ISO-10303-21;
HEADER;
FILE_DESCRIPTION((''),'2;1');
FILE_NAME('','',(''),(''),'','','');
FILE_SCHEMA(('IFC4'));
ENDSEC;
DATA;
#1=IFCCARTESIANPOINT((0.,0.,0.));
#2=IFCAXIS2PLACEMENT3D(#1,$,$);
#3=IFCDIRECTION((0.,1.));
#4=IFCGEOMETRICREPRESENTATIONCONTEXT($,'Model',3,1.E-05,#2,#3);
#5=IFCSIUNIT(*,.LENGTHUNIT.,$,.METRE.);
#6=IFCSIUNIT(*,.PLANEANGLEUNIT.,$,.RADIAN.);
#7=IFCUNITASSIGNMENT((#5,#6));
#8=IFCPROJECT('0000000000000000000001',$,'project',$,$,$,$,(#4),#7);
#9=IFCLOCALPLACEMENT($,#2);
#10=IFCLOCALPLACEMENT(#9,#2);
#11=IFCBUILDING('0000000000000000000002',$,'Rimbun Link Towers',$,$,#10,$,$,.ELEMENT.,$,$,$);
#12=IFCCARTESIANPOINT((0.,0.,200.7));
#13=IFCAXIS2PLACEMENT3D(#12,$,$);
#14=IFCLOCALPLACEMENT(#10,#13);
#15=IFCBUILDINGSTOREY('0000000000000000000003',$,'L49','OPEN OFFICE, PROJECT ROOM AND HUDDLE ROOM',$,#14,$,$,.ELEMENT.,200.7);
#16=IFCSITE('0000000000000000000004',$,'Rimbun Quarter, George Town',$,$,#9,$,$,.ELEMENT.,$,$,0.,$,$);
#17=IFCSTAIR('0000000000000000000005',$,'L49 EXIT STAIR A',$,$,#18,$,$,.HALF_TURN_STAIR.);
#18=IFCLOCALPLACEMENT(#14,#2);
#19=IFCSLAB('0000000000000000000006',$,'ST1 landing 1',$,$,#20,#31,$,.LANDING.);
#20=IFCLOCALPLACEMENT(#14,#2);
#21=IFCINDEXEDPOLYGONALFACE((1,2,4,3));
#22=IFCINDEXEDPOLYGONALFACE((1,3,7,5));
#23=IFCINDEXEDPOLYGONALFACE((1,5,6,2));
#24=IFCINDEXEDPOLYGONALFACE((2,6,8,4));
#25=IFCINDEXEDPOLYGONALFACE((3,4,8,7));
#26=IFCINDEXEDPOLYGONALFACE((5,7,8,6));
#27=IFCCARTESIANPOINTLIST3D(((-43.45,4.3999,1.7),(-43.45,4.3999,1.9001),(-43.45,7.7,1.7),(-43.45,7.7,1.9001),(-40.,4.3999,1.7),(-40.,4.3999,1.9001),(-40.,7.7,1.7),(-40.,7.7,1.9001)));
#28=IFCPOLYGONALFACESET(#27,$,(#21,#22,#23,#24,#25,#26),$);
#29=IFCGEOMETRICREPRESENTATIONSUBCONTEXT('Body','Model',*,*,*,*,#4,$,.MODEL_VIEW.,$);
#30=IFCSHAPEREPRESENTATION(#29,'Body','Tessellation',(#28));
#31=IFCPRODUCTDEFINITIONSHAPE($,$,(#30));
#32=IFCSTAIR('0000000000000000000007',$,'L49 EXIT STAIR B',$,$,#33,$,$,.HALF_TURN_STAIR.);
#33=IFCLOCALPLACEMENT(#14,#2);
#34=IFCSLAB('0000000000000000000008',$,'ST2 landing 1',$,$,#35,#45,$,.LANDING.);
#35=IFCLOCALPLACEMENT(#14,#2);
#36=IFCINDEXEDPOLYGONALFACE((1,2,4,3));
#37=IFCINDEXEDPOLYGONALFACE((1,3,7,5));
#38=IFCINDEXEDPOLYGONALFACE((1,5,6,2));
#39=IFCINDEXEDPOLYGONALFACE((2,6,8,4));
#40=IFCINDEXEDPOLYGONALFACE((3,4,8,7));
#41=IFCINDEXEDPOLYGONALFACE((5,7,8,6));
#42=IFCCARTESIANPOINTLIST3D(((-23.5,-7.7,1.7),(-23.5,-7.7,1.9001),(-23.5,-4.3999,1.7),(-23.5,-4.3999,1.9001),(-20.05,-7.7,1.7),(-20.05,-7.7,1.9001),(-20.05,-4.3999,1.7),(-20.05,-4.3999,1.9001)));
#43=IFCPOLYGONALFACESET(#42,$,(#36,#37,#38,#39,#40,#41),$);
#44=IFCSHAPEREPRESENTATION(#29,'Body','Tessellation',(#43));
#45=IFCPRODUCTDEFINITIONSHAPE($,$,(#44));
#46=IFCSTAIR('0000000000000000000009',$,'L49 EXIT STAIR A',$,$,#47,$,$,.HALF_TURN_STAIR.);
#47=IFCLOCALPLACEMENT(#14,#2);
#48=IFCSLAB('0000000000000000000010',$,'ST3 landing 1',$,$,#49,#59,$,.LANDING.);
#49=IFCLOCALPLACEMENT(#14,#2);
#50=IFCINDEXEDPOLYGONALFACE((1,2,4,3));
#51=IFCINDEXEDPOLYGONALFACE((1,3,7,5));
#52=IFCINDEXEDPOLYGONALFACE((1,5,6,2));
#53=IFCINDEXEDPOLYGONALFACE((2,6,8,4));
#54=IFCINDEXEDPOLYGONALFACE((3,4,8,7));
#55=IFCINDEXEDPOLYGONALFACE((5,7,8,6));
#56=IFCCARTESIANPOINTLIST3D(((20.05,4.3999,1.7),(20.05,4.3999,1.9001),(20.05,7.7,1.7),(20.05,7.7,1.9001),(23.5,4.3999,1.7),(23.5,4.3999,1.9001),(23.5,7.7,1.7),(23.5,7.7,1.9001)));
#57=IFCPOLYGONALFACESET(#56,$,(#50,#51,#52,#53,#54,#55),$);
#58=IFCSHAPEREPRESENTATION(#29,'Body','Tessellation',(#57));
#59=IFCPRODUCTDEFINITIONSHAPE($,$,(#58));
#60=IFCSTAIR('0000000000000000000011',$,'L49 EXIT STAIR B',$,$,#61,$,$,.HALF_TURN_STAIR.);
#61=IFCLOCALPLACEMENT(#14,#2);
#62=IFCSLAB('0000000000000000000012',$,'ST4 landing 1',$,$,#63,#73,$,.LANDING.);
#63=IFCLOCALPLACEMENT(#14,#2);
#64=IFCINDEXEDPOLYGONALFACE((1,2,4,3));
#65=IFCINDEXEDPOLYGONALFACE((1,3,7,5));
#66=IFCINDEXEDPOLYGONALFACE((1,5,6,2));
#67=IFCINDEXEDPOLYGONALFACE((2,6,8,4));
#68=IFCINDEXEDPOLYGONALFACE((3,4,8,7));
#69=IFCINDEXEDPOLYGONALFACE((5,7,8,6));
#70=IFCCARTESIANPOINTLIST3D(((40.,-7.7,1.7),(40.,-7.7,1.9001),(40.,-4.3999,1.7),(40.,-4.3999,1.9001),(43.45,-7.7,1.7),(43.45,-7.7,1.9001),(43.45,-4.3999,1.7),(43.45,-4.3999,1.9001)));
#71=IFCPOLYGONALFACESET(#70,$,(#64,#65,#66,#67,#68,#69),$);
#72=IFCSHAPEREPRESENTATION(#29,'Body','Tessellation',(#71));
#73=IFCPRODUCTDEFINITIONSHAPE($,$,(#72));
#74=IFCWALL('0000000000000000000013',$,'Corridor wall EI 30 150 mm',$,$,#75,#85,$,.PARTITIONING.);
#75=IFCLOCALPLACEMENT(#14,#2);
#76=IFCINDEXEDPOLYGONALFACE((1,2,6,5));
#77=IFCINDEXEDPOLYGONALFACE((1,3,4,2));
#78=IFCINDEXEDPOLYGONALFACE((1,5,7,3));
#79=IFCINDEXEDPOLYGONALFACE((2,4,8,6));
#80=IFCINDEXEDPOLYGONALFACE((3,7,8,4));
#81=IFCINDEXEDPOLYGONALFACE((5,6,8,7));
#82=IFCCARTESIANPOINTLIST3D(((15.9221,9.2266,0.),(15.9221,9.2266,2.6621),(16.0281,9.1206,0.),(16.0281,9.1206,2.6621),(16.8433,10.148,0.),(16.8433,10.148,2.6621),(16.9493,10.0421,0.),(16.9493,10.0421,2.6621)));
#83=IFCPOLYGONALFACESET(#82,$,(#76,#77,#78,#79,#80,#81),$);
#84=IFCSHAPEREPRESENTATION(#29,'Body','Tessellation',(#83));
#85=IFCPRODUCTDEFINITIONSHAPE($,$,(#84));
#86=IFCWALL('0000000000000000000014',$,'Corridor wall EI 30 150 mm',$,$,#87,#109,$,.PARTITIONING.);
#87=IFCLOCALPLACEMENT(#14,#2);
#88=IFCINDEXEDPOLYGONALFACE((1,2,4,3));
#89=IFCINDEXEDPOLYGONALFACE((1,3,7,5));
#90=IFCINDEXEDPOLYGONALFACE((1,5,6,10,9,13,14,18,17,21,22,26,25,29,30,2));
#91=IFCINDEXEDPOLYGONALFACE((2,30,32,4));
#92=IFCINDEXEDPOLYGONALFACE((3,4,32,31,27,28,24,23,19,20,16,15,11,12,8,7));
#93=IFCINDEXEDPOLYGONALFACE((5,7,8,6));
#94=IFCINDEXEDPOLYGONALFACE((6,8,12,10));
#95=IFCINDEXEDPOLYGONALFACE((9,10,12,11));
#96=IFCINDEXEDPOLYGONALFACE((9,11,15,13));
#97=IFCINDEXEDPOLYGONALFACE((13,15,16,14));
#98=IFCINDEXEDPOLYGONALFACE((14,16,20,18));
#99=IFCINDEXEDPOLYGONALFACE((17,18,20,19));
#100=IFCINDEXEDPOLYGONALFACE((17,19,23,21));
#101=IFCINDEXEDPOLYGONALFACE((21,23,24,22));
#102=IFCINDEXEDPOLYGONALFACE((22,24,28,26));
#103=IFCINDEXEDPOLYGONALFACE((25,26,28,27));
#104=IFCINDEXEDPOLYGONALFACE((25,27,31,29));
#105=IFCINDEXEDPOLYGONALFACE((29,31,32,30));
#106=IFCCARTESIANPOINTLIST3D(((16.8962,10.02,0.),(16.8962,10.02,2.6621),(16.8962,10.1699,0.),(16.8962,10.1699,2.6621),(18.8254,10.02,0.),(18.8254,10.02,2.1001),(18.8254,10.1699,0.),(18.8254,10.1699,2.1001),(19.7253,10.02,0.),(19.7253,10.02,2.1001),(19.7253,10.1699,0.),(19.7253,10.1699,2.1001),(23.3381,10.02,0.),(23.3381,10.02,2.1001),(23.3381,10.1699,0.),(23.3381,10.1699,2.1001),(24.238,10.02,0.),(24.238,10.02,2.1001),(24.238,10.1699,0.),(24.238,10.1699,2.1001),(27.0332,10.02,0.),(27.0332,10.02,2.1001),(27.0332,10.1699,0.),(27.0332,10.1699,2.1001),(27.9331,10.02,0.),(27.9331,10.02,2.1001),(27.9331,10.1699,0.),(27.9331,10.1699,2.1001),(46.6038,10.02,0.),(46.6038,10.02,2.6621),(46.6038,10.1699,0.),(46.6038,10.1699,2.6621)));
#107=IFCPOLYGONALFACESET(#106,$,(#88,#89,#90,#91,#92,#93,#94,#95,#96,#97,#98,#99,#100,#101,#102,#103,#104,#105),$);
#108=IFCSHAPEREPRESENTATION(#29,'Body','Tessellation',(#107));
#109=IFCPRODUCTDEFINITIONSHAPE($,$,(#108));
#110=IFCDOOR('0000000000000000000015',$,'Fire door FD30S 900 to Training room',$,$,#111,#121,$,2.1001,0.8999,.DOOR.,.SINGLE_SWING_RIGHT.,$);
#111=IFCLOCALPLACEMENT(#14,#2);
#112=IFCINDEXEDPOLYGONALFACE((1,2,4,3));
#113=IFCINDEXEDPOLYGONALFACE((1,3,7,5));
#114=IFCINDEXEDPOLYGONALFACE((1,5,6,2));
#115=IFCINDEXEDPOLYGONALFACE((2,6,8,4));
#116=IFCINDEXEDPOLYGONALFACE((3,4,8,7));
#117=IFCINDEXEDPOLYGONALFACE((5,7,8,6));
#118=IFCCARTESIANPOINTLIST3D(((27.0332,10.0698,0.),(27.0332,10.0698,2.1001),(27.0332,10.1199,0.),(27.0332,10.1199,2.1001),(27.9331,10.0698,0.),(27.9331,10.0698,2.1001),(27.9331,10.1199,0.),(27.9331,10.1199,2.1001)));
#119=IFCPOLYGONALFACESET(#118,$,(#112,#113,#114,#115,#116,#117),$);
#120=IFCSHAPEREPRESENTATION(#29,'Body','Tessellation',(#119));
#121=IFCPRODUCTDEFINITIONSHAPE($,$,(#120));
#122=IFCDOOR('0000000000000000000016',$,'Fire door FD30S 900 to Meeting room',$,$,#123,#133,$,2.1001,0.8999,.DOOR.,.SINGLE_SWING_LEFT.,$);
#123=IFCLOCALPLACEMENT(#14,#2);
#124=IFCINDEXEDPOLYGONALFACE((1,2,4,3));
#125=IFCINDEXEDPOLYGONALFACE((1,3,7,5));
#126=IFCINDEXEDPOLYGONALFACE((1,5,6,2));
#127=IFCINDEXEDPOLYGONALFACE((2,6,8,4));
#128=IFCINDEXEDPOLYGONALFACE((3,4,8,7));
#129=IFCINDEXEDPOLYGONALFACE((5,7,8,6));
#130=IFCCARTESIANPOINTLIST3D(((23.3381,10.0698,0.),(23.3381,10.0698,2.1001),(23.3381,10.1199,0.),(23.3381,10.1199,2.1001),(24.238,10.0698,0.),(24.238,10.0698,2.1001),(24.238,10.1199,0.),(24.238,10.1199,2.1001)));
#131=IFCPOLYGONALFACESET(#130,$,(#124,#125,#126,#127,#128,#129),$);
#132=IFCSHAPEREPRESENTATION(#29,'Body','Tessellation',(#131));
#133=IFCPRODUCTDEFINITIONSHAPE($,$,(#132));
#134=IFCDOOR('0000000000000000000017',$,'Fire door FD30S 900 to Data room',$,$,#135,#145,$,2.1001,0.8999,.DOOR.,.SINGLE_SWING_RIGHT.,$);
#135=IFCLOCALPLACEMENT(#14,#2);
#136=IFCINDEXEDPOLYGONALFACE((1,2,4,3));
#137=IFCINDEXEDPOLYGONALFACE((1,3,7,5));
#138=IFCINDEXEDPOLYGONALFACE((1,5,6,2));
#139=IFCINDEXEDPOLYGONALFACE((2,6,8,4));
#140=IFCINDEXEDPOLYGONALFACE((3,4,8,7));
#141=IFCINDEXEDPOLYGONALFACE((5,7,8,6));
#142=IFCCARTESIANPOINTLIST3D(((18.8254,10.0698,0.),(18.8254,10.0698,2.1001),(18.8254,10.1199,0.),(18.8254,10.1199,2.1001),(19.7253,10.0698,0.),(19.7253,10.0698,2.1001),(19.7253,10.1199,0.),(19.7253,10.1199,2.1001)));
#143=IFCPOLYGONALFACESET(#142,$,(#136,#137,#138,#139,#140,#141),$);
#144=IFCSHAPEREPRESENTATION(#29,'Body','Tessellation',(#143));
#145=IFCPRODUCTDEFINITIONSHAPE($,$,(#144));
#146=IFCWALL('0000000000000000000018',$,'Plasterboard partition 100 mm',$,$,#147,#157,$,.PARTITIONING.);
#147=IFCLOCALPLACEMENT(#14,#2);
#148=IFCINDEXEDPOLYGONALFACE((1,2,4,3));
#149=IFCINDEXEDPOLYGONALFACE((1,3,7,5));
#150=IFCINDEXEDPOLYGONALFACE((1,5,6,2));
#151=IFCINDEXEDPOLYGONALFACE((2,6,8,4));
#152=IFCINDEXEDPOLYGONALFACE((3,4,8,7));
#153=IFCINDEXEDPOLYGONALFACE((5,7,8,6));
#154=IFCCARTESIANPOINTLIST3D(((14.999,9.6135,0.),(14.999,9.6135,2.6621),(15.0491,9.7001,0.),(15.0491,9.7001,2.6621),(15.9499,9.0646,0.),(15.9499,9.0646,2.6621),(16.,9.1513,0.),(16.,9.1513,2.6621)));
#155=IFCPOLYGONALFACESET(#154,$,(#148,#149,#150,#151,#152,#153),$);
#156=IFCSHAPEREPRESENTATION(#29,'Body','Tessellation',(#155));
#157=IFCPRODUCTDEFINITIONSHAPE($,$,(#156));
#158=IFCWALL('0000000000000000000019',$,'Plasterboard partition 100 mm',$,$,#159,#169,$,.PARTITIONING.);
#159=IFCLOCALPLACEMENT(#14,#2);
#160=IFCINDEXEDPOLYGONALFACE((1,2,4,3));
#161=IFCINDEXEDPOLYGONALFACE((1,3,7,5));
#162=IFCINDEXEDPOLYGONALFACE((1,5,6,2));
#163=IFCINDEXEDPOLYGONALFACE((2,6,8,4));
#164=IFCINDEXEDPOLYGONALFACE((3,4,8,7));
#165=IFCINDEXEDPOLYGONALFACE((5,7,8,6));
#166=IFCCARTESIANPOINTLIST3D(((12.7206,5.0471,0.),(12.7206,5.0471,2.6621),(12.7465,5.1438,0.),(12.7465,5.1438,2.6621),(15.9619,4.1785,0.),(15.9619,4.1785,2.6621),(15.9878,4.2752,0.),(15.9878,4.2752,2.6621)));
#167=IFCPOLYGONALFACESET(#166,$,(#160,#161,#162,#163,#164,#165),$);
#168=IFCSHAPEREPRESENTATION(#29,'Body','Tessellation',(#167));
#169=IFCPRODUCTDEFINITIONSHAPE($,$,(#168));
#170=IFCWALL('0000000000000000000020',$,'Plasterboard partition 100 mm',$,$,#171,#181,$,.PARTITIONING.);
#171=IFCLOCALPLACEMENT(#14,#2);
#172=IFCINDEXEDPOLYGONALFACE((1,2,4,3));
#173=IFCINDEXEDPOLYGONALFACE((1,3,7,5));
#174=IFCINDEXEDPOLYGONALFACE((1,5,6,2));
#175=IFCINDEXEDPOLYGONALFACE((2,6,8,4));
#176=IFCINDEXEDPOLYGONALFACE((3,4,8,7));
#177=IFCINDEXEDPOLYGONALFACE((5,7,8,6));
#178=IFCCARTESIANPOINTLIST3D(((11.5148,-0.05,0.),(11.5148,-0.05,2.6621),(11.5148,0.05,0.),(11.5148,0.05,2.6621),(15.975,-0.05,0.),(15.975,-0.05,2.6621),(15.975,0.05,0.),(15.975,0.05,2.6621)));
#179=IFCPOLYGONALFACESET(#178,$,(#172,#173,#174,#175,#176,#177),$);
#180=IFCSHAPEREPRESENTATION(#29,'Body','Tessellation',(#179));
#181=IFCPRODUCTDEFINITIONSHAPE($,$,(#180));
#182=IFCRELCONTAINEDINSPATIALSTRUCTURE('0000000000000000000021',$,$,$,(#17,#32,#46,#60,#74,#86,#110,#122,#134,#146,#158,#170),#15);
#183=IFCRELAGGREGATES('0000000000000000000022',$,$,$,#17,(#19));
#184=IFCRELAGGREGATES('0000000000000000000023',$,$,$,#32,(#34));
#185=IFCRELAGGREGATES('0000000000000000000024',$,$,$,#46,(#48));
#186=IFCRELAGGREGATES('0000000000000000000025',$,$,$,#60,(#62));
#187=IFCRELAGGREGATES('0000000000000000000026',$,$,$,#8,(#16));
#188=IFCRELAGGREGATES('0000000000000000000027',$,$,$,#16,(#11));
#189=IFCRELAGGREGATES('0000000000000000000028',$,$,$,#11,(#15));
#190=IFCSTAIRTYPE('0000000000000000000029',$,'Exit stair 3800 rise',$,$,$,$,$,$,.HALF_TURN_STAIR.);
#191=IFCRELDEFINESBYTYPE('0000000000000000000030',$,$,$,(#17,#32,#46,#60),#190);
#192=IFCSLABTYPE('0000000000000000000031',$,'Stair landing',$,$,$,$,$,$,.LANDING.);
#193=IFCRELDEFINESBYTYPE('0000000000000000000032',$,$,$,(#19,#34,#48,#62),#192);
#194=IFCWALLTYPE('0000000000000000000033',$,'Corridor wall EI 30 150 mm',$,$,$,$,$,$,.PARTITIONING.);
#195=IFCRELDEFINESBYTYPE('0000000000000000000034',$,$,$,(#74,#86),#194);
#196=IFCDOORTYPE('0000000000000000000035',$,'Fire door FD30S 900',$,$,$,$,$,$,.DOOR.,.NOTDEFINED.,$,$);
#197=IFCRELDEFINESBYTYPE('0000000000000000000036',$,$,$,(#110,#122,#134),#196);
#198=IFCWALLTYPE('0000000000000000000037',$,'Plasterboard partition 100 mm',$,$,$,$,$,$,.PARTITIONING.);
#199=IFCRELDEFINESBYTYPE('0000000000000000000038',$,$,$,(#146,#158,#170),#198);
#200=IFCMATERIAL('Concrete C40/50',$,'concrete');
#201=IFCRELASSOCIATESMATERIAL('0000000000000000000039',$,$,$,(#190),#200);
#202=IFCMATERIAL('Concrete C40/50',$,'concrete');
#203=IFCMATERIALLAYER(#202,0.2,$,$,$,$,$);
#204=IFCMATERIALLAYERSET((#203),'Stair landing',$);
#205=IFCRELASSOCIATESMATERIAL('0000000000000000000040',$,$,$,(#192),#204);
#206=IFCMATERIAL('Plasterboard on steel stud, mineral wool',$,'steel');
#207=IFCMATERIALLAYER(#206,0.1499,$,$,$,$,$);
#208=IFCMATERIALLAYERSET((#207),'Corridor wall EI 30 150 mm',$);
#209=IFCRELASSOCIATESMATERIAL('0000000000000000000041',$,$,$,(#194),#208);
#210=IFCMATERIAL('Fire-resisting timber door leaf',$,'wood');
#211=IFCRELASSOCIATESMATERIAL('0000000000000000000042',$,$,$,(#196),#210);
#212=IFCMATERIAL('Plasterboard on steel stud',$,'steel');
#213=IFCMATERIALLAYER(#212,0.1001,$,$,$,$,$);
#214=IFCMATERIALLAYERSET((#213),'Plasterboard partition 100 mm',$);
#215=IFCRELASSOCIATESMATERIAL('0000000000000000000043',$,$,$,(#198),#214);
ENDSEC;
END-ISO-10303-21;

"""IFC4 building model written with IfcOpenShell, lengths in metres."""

from ifc_helpers import new_model, si_unit, direction, frame, frame_2d, origin, place, context, subcontext, project, spatial, polyline, rectangle, outline, extrude, material, layer, layer_set, type_object, element, fill, aggregate, save


model = new_model("IFC4")

# Units and contexts
model_context = context("Model", 3, precision=1e-05, world=origin(), true_north=direction((0.0, 1.0)))
body_context = subcontext(model_context, "Body", "Model", "MODEL_VIEW")
ifc_project = project(units=[si_unit("LENGTHUNIT", "METRE"), si_unit("PLANEANGLEUNIT", "RADIAN")], contexts=[model_context])

# Site, building, storey
site_placement = place(None, origin())
site = spatial("IfcSite", under=ifc_project, at=site_placement, Name="Rimbun Quarter, George Town", CompositionType="ELEMENT", RefElevation=0.0)
building_placement = place(site_placement, origin())
building = spatial("IfcBuilding", under=site, at=building_placement, Name="Rimbun Link Towers", CompositionType="ELEMENT")
storey_placement = place(building_placement, frame((0.0, 0.0, 200.7)))
storey = spatial("IfcBuildingStorey", under=building, at=storey_placement, Name="L49", Description="OPEN OFFICE, PROJECT ROOM AND HUDDLE ROOM", CompositionType="ELEMENT", Elevation=200.7)

# Stairs, slabs
ifc_material_1 = material(Name="Concrete C40/50", Category="concrete")
stair_type = type_object("IfcStairType", Name="Exit stair 3800 rise", PredefinedType="HALF_TURN_STAIR", material=ifc_material_1)
stair_1_placement = place(storey_placement, origin())
stair_1 = element("IfcStair", 1, at=stair_1_placement, inside=storey, type_object=stair_type, Name="L49 EXIT STAIR A", PredefinedType="HALF_TURN_STAIR")
ifc_material_2 = material(Name="Concrete C40/50", Category="concrete")
ifc_layer_1 = layer(ifc_material_2, 0.2)
ifc_layer_set_1 = layer_set([ifc_layer_1], Name="Stair landing")
slab_type = type_object("IfcSlabType", Name="Stair landing", PredefinedType="LANDING", material=ifc_layer_set_1)
slab_1_placement = place(storey_placement, frame((0.0, 0.0, 1.7)))
slab_1 = element("IfcSlab", 2, at=slab_1_placement, type_object=slab_type, Name="ST1 landing 1", PredefinedType="LANDING", context=body_context, shape_type="SweptSolid", body=[
    extrude(outline(polyline([(-40.0, 7.7), (-43.45, 7.7), (-43.45, 4.3999), (-40.0, 4.3999), (-40.0, 7.7)])), origin(), (0.0, 0.0, 1.0), 0.2002),
])
aggregate(stair_1, [slab_1])
stair_2_placement = place(storey_placement, origin())
stair_2 = element("IfcStair", 3, at=stair_2_placement, inside=storey, type_object=stair_type, Name="L49 EXIT STAIR B", PredefinedType="HALF_TURN_STAIR")
slab_2_placement = place(storey_placement, frame((0.0, 0.0, 1.7)))
slab_2 = element("IfcSlab", 4, at=slab_2_placement, type_object=slab_type, Name="ST2 landing 1", PredefinedType="LANDING", context=body_context, shape_type="SweptSolid", body=[
    extrude(outline(polyline([(-23.5, -7.7), (-20.05, -7.7), (-20.05, -4.3999), (-23.5, -4.3999), (-23.5, -7.7)])), origin(), (0.0, 0.0, 1.0), 0.2002),
])
aggregate(stair_2, [slab_2])
stair_3_placement = place(storey_placement, origin())
stair_3 = element("IfcStair", 5, at=stair_3_placement, inside=storey, type_object=stair_type, Name="L49 EXIT STAIR A", PredefinedType="HALF_TURN_STAIR")
slab_3_placement = place(storey_placement, frame((0.0, 0.0, 1.7)))
slab_3 = element("IfcSlab", 6, at=slab_3_placement, type_object=slab_type, Name="ST3 landing 1", PredefinedType="LANDING", context=body_context, shape_type="SweptSolid", body=[
    extrude(outline(polyline([(23.5, 7.7), (20.05, 7.7), (20.05, 4.3999), (23.5, 4.3999), (23.5, 7.7)])), origin(), (0.0, 0.0, 1.0), 0.2002),
])
aggregate(stair_3, [slab_3])
stair_4_placement = place(storey_placement, origin())
stair_4 = element("IfcStair", 7, at=stair_4_placement, inside=storey, type_object=stair_type, Name="L49 EXIT STAIR B", PredefinedType="HALF_TURN_STAIR")
slab_4_placement = place(storey_placement, frame((0.0, 0.0, 1.7)))
slab_4 = element("IfcSlab", 8, at=slab_4_placement, type_object=slab_type, Name="ST4 landing 1", PredefinedType="LANDING", context=body_context, shape_type="SweptSolid", body=[
    extrude(outline(polyline([(40.0, -7.7), (43.45, -7.7), (43.45, -4.3999), (40.0, -4.3999), (40.0, -7.7)])), origin(), (0.0, 0.0, 1.0), 0.2002),
])
aggregate(stair_4, [slab_4])

# Wall
ifc_material_3 = material(Name="Plasterboard on steel stud, mineral wool", Category="steel")
ifc_layer_2 = layer(ifc_material_3, 0.1499)
ifc_layer_set_2 = layer_set([ifc_layer_2], Name="Corridor wall EI 30 150 mm")
wall_type_1 = type_object("IfcWallType", Name="Corridor wall EI 30 150 mm", PredefinedType="PARTITIONING", material=ifc_layer_set_2)
wall_1_placement = place(storey_placement, frame((16.8962, 10.095, 0.0), z_axis=(0.0, 0.0, 1.0), x_axis=(-0.707013, -0.7072, 0.0)))
element("IfcWall", 9, at=wall_1_placement, inside=storey, type_object=wall_type_1, Name="Corridor wall EI 30 150 mm", PredefinedType="PARTITIONING", context=body_context, shape_type="SweptSolid", body=[
    extrude(rectangle(XDim=1.303, YDim=0.1499, at=frame_2d((0.6514, 0.0))), origin(), (0.0, 0.0, 1.0), 2.6621),
])

# Wall, openings, doors
wall_2_placement = place(storey_placement, frame((16.8962, 10.095, 0.0), z_axis=(0.0, 0.0, 1.0), x_axis=(1.0, 0.0, 0.0)))
wall_2 = element("IfcWall", 10, at=wall_2_placement, inside=storey, type_object=wall_type_1, Name="Corridor wall EI 30 150 mm", PredefinedType="PARTITIONING", context=body_context, shape_type="SweptSolid", body=[
    extrude(rectangle(XDim=29.7075, YDim=0.1499, at=frame_2d((14.8538, 0.0))), origin(), (0.0, 0.0, 1.0), 2.6621),
])
opening_1_placement = place(wall_2_placement, frame((10.137, 0.0, 0.0)))
opening_1 = element("IfcOpeningElement", 11, at=opening_1_placement, cuts=wall_2, PredefinedType="OPENING", context=body_context, shape_type="SweptSolid", body=[
    extrude(rectangle(XDim=0.8999, YDim=2.1001, at=frame_2d((0.45, 1.05))), frame((0.0, 0.085, 0.0), z_axis=(0.0, -1.0, 0.0), x_axis=(1.0, 0.0, 0.0)), (0.0, 0.0, 1.0), 0.1699),
])
opening_2_placement = place(wall_2_placement, frame((6.4419, 0.0, 0.0)))
opening_2 = element("IfcOpeningElement", 12, at=opening_2_placement, cuts=wall_2, PredefinedType="OPENING", context=body_context, shape_type="SweptSolid", body=[
    extrude(rectangle(XDim=0.8999, YDim=2.1001, at=frame_2d((0.45, 1.05))), frame((0.0, 0.085, 0.0), z_axis=(0.0, -1.0, 0.0), x_axis=(1.0, 0.0, 0.0)), (0.0, 0.0, 1.0), 0.1699),
])
opening_3_placement = place(wall_2_placement, frame((1.9292, 0.0, 0.0)))
opening_3 = element("IfcOpeningElement", 13, at=opening_3_placement, cuts=wall_2, PredefinedType="OPENING", context=body_context, shape_type="SweptSolid", body=[
    extrude(rectangle(XDim=0.8999, YDim=2.1001, at=frame_2d((0.45, 1.05))), frame((0.0, 0.085, 0.0), z_axis=(0.0, -1.0, 0.0), x_axis=(1.0, 0.0, 0.0)), (0.0, 0.0, 1.0), 0.1699),
])
ifc_material_4 = material(Name="Fire-resisting timber door leaf", Category="wood")
door_type = type_object("IfcDoorType", Name="Fire door FD30S 900", OperationType="NOTDEFINED", PredefinedType="DOOR", material=ifc_material_4)
door_1_placement = place(opening_1_placement, origin())
door_1 = element("IfcDoor", 14, at=door_1_placement, inside=storey, type_object=door_type, Name="Fire door FD30S 900 to Training room", OperationType="SINGLE_SWING_RIGHT", OverallHeight=2.1001, OverallWidth=0.8999, PredefinedType="DOOR", context=body_context, shape_type="SweptSolid", body=[
    extrude(rectangle(XDim=0.8999, YDim=2.1001, at=frame_2d((0.45, 1.05))), frame((0.0, 0.0249, 0.0), z_axis=(0.0, -1.0, 0.0), x_axis=(1.0, 0.0, 0.0)), (0.0, 0.0, 1.0), 0.05),
])
fill(opening_1, door_1)
door_2_placement = place(opening_2_placement, origin())
door_2 = element("IfcDoor", 15, at=door_2_placement, inside=storey, type_object=door_type, Name="Fire door FD30S 900 to Meeting room", OperationType="SINGLE_SWING_LEFT", OverallHeight=2.1001, OverallWidth=0.8999, PredefinedType="DOOR", context=body_context, shape_type="SweptSolid", body=[
    extrude(rectangle(XDim=0.8999, YDim=2.1001, at=frame_2d((0.45, 1.05))), frame((0.0, 0.0249, 0.0), z_axis=(0.0, -1.0, 0.0), x_axis=(1.0, 0.0, 0.0)), (0.0, 0.0, 1.0), 0.05),
])
fill(opening_2, door_2)
door_3_placement = place(opening_3_placement, origin())
door_3 = element("IfcDoor", 16, at=door_3_placement, inside=storey, type_object=door_type, Name="Fire door FD30S 900 to Data room", OperationType="SINGLE_SWING_RIGHT", OverallHeight=2.1001, OverallWidth=0.8999, PredefinedType="DOOR", context=body_context, shape_type="SweptSolid", body=[
    extrude(rectangle(XDim=0.8999, YDim=2.1001, at=frame_2d((0.45, 1.05))), frame((0.0, 0.0249, 0.0), z_axis=(0.0, -1.0, 0.0), x_axis=(1.0, 0.0, 0.0)), (0.0, 0.0, 1.0), 0.05),
])
fill(opening_3, door_3)

# Walls
ifc_material_5 = material(Name="Plasterboard on steel stud", Category="steel")
ifc_layer_3 = layer(ifc_material_5, 0.1001)
ifc_layer_set_3 = layer_set([ifc_layer_3], Name="Plasterboard partition 100 mm")
wall_type_2 = type_object("IfcWallType", Name="Plasterboard partition 100 mm", PredefinedType="PARTITIONING", material=ifc_layer_set_3)
wall_3_placement = place(storey_placement, frame((15.0242, 9.6567, 0.0), z_axis=(0.0, 0.0, 1.0), x_axis=(0.8661, -0.49987, 0.0)))
element("IfcWall", 17, at=wall_3_placement, inside=storey, type_object=wall_type_2, Name="Plasterboard partition 100 mm", PredefinedType="PARTITIONING", context=body_context, shape_type="SweptSolid", body=[
    extrude(rectangle(XDim=1.0979, YDim=0.1001, at=frame_2d((0.5488, 0.0))), origin(), (0.0, 0.0, 1.0), 2.6621),
])
wall_4_placement = place(storey_placement, frame((12.7336, 5.0955, 0.0), z_axis=(0.0, 0.0, 1.0), x_axis=(0.965918, -0.258849, 0.0)))
element("IfcWall", 18, at=wall_4_placement, inside=storey, type_object=wall_type_2, Name="Plasterboard partition 100 mm", PredefinedType="PARTITIONING", context=body_context, shape_type="SweptSolid", body=[
    extrude(rectangle(XDim=3.3557, YDim=0.1001, at=frame_2d((1.6777, 0.0))), origin(), (0.0, 0.0, 1.0), 2.6621),
])
wall_5_placement = place(storey_placement, frame((11.5149, 0.0, 0.0), z_axis=(0.0, 0.0, 1.0), x_axis=(1.0, 0.0, 0.0)))
element("IfcWall", 19, at=wall_5_placement, inside=storey, type_object=wall_type_2, Name="Plasterboard partition 100 mm", PredefinedType="PARTITIONING", context=body_context, shape_type="SweptSolid", body=[
    extrude(rectangle(XDim=4.4602, YDim=0.1001, at=frame_2d((2.23, 0.0))), origin(), (0.0, 0.0, 1.0), 2.6621),
])

save(model, "model.ifc")
